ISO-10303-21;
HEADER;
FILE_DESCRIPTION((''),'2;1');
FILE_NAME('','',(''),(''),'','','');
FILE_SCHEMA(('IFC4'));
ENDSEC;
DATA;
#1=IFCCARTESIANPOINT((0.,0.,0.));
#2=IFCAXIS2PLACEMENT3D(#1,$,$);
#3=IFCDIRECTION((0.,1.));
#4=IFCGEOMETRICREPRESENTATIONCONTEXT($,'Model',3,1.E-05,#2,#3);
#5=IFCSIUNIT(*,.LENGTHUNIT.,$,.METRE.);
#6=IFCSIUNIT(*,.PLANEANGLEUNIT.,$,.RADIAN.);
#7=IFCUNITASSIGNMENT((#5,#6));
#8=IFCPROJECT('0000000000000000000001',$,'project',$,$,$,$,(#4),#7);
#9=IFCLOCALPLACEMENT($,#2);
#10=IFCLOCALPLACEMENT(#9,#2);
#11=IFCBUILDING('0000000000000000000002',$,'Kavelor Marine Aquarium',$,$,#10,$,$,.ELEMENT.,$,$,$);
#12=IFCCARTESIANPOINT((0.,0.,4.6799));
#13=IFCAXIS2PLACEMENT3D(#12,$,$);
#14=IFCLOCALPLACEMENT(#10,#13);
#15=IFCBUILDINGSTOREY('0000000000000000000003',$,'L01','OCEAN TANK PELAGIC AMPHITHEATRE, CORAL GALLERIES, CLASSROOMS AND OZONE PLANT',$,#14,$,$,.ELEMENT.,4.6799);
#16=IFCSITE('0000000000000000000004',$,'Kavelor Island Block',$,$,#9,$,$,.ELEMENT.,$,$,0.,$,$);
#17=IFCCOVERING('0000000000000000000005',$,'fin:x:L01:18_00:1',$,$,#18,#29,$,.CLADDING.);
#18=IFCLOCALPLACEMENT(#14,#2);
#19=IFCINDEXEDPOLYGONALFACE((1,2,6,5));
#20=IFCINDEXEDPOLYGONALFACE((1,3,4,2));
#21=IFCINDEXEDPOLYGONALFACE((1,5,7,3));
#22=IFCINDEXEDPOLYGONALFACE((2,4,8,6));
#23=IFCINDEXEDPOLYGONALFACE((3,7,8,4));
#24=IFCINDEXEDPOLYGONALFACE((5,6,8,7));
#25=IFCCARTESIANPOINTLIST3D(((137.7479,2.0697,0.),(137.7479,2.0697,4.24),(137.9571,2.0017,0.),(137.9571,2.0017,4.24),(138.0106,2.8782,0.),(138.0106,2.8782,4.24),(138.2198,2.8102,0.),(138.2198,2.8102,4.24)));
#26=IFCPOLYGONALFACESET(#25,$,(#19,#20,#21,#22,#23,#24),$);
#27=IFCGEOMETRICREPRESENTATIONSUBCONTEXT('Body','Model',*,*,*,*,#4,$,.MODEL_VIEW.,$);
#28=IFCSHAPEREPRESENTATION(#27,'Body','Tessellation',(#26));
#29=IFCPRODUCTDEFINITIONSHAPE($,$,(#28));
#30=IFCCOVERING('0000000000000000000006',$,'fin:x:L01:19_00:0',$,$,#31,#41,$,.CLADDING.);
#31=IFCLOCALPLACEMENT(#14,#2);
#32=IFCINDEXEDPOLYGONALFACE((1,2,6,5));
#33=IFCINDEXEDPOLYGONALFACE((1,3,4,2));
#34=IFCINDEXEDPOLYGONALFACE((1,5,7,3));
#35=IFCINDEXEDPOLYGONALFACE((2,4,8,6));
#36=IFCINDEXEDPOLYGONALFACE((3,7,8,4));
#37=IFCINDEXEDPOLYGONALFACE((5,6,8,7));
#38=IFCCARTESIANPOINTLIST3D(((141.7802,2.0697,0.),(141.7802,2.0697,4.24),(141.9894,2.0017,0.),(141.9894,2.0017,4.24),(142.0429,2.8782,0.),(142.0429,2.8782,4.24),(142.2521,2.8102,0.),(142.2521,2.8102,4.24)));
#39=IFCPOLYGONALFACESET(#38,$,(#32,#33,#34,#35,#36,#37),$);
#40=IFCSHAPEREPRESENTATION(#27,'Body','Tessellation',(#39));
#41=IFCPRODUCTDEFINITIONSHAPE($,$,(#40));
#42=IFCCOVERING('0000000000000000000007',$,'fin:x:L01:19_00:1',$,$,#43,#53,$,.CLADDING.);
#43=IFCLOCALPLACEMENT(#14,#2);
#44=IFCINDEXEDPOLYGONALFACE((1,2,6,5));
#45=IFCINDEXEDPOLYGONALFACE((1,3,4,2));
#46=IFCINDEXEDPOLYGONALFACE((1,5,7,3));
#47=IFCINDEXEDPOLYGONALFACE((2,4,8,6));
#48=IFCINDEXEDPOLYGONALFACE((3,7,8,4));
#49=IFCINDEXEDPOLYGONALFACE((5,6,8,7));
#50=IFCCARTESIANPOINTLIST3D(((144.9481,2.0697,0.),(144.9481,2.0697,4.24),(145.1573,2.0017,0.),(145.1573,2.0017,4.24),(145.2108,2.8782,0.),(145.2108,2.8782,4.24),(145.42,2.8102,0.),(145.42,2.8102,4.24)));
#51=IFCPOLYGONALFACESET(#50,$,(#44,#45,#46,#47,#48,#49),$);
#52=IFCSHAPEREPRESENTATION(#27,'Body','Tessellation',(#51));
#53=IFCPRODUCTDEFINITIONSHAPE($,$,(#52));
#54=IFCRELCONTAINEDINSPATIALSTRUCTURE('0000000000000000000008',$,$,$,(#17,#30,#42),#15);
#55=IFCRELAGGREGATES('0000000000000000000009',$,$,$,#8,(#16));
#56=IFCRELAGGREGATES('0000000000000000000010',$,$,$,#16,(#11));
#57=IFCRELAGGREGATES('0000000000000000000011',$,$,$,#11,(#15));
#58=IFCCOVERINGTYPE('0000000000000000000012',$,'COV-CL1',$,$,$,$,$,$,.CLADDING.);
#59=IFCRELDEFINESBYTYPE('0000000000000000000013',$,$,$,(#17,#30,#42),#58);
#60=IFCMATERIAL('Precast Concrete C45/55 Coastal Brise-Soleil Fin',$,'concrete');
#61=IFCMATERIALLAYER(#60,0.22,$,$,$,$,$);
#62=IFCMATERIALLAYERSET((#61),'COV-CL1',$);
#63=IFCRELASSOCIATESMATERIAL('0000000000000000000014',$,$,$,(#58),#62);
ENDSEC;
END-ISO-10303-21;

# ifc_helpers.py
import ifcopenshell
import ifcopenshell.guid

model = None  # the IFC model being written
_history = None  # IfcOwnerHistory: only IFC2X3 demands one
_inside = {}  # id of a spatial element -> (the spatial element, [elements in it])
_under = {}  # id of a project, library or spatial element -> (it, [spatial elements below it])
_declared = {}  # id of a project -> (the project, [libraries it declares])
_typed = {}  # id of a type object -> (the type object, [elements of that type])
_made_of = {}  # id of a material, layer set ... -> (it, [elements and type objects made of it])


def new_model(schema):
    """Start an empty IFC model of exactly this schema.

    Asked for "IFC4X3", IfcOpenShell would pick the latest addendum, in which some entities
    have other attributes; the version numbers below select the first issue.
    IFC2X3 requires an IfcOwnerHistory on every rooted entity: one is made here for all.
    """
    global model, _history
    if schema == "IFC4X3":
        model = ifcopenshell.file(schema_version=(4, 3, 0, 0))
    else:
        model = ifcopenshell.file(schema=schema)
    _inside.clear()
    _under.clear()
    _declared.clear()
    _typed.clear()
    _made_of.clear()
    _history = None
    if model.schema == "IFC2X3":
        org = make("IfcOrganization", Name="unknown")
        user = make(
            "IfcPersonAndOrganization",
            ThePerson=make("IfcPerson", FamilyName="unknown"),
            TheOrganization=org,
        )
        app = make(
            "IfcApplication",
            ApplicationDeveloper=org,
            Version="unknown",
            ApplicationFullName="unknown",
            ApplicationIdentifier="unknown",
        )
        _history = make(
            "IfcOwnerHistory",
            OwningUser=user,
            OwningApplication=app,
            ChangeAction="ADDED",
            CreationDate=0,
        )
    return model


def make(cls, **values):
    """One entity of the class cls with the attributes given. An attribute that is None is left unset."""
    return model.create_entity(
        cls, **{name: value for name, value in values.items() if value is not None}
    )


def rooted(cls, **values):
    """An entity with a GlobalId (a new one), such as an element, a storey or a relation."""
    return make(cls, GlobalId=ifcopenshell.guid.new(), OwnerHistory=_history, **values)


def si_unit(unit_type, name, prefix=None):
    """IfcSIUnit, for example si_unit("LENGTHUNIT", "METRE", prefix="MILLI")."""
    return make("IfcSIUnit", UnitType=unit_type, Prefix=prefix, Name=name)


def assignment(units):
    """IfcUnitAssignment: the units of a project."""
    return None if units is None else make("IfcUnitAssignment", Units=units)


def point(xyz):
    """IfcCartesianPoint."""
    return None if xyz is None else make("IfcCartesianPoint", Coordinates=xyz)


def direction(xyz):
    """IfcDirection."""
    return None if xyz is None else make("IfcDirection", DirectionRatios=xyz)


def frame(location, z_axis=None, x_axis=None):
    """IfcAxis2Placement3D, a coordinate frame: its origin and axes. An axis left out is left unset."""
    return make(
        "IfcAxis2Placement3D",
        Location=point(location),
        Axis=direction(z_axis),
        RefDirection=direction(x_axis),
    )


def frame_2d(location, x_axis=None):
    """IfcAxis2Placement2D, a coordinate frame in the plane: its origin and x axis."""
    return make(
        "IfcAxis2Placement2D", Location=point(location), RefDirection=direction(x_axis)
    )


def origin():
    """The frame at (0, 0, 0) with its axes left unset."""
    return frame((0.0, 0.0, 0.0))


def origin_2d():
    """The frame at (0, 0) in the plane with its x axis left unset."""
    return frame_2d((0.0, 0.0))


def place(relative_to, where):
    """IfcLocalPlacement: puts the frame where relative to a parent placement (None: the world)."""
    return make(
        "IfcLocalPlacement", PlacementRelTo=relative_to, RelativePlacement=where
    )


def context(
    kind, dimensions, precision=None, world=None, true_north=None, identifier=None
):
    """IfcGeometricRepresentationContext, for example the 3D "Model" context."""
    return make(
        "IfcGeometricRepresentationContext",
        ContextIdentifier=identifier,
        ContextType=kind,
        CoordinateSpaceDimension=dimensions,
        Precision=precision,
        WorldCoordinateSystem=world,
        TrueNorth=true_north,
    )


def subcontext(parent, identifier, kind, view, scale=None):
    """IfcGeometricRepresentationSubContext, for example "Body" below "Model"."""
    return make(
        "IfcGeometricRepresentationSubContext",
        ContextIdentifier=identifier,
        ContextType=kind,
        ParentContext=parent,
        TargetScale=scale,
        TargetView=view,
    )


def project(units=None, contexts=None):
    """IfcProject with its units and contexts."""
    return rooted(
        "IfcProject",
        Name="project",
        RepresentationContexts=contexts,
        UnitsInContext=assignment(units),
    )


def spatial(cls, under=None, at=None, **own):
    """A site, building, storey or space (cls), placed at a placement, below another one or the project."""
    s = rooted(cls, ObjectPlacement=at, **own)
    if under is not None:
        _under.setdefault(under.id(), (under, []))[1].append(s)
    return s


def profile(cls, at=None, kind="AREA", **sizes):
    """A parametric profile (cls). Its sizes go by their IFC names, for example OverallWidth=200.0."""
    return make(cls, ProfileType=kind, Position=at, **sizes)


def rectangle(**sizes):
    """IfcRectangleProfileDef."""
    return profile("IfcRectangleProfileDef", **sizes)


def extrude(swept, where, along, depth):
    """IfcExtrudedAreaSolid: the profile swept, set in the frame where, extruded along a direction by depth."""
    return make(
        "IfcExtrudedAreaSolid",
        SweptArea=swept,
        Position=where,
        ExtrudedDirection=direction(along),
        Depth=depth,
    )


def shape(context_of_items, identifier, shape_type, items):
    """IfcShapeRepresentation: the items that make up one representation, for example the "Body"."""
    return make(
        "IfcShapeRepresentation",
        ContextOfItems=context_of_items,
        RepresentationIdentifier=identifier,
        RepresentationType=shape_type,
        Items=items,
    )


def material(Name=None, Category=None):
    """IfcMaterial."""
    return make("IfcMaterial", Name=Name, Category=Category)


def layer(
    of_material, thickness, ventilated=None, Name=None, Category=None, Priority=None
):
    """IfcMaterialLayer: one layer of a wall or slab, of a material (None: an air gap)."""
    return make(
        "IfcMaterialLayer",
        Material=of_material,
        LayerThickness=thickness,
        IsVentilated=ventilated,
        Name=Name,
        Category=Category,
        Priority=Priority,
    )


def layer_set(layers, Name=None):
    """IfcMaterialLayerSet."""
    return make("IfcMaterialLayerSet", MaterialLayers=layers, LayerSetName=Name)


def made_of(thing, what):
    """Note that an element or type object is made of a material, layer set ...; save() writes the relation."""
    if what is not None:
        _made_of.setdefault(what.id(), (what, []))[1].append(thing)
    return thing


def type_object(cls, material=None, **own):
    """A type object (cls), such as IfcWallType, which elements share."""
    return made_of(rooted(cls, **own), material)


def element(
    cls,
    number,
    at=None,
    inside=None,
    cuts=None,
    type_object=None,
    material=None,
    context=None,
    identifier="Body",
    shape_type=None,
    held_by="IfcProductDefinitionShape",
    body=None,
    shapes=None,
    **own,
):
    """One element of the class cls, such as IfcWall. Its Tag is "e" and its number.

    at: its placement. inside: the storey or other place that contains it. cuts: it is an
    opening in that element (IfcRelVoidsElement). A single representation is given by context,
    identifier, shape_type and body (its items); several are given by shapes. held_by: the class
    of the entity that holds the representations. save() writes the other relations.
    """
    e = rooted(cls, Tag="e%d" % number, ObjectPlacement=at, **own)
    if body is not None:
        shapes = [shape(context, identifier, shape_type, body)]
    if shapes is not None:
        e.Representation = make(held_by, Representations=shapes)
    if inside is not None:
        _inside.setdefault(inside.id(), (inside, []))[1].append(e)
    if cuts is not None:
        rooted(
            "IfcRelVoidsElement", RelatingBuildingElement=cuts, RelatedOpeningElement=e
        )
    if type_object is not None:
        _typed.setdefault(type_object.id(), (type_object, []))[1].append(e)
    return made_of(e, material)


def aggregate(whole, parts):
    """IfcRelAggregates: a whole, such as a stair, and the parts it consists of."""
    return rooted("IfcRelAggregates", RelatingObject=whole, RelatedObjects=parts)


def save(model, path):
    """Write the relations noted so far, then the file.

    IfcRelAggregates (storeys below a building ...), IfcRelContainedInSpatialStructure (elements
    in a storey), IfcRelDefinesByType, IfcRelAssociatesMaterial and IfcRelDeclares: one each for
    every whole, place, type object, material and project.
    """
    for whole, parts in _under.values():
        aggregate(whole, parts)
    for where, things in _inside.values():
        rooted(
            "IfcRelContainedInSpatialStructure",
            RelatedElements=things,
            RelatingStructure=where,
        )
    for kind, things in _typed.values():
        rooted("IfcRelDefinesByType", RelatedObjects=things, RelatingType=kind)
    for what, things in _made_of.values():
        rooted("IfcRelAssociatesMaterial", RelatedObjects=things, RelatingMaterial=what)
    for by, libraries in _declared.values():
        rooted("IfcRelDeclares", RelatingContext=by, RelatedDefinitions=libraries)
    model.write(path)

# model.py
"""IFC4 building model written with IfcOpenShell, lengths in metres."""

from ifc_helpers import new_model, si_unit, direction, frame, origin, origin_2d, place, context, subcontext, project, spatial, rectangle, extrude, material, layer, layer_set, type_object, element, save


model = new_model("IFC4")

# Units and contexts
model_context = context("Model", 3, precision=1e-05, world=origin(), true_north=direction((0.0, 1.0)))
body_context = subcontext(model_context, "Body", "Model", "MODEL_VIEW")
ifc_project = project(units=[si_unit("LENGTHUNIT", "METRE"), si_unit("PLANEANGLEUNIT", "RADIAN")], contexts=[model_context])

# Site, building, storey
site_placement = place(None, origin())
site = spatial("IfcSite", under=ifc_project, at=site_placement, Name="Kavelor Island Block", CompositionType="ELEMENT", RefElevation=0.0)
building_placement = place(site_placement, origin())
building = spatial("IfcBuilding", under=site, at=building_placement, Name="Kavelor Marine Aquarium", CompositionType="ELEMENT")
storey_placement = place(building_placement, frame((0.0, 0.0, 4.6799)))
storey = spatial("IfcBuildingStorey", under=building, at=storey_placement, Name="L01", Description="OCEAN TANK PELAGIC AMPHITHEATRE, CORAL GALLERIES, CLASSROOMS AND OZONE PLANT", CompositionType="ELEMENT", Elevation=4.6799)

# Coverings
ifc_material_1 = material(Name="Precast Concrete C45/55 Coastal Brise-Soleil Fin", Category="concrete")
ifc_layer_1 = layer(ifc_material_1, 0.22)
ifc_layer_set_1 = layer_set([ifc_layer_1], Name="COV-CL1")
covering_type = type_object("IfcCoveringType", Name="COV-CL1", PredefinedType="CLADDING", material=ifc_layer_set_1)
for number, where, z_axis, x_axis, name in (
    (1, (137.9839, 2.4399, 0.0), (0.0, 0.0, 1.0), (0.951057, -0.309017, 0.0), "fin:x:L01:18_00:1"),
    (2, (142.0161, 2.4399, 0.0), (0.0, 0.0, 1.0), (0.951057, -0.309017, 0.0), "fin:x:L01:19_00:0"),
    (3, (145.1841, 2.4399, 0.0), (0.0, 0.0, 1.0), (0.951057, -0.309017, 0.0), "fin:x:L01:19_00:1"),
):
    element("IfcCovering", number, at=place(storey_placement, frame(where, z_axis=z_axis, x_axis=x_axis)), inside=storey, type_object=covering_type, Name=name, PredefinedType="CLADDING", context=body_context, shape_type="SweptSolid", body=[
        extrude(rectangle(XDim=0.22, YDim=0.8501, at=origin_2d()), origin(), (0.0, 0.0, 1.0), 4.24),
    ])

save(model, "model.ifc")
